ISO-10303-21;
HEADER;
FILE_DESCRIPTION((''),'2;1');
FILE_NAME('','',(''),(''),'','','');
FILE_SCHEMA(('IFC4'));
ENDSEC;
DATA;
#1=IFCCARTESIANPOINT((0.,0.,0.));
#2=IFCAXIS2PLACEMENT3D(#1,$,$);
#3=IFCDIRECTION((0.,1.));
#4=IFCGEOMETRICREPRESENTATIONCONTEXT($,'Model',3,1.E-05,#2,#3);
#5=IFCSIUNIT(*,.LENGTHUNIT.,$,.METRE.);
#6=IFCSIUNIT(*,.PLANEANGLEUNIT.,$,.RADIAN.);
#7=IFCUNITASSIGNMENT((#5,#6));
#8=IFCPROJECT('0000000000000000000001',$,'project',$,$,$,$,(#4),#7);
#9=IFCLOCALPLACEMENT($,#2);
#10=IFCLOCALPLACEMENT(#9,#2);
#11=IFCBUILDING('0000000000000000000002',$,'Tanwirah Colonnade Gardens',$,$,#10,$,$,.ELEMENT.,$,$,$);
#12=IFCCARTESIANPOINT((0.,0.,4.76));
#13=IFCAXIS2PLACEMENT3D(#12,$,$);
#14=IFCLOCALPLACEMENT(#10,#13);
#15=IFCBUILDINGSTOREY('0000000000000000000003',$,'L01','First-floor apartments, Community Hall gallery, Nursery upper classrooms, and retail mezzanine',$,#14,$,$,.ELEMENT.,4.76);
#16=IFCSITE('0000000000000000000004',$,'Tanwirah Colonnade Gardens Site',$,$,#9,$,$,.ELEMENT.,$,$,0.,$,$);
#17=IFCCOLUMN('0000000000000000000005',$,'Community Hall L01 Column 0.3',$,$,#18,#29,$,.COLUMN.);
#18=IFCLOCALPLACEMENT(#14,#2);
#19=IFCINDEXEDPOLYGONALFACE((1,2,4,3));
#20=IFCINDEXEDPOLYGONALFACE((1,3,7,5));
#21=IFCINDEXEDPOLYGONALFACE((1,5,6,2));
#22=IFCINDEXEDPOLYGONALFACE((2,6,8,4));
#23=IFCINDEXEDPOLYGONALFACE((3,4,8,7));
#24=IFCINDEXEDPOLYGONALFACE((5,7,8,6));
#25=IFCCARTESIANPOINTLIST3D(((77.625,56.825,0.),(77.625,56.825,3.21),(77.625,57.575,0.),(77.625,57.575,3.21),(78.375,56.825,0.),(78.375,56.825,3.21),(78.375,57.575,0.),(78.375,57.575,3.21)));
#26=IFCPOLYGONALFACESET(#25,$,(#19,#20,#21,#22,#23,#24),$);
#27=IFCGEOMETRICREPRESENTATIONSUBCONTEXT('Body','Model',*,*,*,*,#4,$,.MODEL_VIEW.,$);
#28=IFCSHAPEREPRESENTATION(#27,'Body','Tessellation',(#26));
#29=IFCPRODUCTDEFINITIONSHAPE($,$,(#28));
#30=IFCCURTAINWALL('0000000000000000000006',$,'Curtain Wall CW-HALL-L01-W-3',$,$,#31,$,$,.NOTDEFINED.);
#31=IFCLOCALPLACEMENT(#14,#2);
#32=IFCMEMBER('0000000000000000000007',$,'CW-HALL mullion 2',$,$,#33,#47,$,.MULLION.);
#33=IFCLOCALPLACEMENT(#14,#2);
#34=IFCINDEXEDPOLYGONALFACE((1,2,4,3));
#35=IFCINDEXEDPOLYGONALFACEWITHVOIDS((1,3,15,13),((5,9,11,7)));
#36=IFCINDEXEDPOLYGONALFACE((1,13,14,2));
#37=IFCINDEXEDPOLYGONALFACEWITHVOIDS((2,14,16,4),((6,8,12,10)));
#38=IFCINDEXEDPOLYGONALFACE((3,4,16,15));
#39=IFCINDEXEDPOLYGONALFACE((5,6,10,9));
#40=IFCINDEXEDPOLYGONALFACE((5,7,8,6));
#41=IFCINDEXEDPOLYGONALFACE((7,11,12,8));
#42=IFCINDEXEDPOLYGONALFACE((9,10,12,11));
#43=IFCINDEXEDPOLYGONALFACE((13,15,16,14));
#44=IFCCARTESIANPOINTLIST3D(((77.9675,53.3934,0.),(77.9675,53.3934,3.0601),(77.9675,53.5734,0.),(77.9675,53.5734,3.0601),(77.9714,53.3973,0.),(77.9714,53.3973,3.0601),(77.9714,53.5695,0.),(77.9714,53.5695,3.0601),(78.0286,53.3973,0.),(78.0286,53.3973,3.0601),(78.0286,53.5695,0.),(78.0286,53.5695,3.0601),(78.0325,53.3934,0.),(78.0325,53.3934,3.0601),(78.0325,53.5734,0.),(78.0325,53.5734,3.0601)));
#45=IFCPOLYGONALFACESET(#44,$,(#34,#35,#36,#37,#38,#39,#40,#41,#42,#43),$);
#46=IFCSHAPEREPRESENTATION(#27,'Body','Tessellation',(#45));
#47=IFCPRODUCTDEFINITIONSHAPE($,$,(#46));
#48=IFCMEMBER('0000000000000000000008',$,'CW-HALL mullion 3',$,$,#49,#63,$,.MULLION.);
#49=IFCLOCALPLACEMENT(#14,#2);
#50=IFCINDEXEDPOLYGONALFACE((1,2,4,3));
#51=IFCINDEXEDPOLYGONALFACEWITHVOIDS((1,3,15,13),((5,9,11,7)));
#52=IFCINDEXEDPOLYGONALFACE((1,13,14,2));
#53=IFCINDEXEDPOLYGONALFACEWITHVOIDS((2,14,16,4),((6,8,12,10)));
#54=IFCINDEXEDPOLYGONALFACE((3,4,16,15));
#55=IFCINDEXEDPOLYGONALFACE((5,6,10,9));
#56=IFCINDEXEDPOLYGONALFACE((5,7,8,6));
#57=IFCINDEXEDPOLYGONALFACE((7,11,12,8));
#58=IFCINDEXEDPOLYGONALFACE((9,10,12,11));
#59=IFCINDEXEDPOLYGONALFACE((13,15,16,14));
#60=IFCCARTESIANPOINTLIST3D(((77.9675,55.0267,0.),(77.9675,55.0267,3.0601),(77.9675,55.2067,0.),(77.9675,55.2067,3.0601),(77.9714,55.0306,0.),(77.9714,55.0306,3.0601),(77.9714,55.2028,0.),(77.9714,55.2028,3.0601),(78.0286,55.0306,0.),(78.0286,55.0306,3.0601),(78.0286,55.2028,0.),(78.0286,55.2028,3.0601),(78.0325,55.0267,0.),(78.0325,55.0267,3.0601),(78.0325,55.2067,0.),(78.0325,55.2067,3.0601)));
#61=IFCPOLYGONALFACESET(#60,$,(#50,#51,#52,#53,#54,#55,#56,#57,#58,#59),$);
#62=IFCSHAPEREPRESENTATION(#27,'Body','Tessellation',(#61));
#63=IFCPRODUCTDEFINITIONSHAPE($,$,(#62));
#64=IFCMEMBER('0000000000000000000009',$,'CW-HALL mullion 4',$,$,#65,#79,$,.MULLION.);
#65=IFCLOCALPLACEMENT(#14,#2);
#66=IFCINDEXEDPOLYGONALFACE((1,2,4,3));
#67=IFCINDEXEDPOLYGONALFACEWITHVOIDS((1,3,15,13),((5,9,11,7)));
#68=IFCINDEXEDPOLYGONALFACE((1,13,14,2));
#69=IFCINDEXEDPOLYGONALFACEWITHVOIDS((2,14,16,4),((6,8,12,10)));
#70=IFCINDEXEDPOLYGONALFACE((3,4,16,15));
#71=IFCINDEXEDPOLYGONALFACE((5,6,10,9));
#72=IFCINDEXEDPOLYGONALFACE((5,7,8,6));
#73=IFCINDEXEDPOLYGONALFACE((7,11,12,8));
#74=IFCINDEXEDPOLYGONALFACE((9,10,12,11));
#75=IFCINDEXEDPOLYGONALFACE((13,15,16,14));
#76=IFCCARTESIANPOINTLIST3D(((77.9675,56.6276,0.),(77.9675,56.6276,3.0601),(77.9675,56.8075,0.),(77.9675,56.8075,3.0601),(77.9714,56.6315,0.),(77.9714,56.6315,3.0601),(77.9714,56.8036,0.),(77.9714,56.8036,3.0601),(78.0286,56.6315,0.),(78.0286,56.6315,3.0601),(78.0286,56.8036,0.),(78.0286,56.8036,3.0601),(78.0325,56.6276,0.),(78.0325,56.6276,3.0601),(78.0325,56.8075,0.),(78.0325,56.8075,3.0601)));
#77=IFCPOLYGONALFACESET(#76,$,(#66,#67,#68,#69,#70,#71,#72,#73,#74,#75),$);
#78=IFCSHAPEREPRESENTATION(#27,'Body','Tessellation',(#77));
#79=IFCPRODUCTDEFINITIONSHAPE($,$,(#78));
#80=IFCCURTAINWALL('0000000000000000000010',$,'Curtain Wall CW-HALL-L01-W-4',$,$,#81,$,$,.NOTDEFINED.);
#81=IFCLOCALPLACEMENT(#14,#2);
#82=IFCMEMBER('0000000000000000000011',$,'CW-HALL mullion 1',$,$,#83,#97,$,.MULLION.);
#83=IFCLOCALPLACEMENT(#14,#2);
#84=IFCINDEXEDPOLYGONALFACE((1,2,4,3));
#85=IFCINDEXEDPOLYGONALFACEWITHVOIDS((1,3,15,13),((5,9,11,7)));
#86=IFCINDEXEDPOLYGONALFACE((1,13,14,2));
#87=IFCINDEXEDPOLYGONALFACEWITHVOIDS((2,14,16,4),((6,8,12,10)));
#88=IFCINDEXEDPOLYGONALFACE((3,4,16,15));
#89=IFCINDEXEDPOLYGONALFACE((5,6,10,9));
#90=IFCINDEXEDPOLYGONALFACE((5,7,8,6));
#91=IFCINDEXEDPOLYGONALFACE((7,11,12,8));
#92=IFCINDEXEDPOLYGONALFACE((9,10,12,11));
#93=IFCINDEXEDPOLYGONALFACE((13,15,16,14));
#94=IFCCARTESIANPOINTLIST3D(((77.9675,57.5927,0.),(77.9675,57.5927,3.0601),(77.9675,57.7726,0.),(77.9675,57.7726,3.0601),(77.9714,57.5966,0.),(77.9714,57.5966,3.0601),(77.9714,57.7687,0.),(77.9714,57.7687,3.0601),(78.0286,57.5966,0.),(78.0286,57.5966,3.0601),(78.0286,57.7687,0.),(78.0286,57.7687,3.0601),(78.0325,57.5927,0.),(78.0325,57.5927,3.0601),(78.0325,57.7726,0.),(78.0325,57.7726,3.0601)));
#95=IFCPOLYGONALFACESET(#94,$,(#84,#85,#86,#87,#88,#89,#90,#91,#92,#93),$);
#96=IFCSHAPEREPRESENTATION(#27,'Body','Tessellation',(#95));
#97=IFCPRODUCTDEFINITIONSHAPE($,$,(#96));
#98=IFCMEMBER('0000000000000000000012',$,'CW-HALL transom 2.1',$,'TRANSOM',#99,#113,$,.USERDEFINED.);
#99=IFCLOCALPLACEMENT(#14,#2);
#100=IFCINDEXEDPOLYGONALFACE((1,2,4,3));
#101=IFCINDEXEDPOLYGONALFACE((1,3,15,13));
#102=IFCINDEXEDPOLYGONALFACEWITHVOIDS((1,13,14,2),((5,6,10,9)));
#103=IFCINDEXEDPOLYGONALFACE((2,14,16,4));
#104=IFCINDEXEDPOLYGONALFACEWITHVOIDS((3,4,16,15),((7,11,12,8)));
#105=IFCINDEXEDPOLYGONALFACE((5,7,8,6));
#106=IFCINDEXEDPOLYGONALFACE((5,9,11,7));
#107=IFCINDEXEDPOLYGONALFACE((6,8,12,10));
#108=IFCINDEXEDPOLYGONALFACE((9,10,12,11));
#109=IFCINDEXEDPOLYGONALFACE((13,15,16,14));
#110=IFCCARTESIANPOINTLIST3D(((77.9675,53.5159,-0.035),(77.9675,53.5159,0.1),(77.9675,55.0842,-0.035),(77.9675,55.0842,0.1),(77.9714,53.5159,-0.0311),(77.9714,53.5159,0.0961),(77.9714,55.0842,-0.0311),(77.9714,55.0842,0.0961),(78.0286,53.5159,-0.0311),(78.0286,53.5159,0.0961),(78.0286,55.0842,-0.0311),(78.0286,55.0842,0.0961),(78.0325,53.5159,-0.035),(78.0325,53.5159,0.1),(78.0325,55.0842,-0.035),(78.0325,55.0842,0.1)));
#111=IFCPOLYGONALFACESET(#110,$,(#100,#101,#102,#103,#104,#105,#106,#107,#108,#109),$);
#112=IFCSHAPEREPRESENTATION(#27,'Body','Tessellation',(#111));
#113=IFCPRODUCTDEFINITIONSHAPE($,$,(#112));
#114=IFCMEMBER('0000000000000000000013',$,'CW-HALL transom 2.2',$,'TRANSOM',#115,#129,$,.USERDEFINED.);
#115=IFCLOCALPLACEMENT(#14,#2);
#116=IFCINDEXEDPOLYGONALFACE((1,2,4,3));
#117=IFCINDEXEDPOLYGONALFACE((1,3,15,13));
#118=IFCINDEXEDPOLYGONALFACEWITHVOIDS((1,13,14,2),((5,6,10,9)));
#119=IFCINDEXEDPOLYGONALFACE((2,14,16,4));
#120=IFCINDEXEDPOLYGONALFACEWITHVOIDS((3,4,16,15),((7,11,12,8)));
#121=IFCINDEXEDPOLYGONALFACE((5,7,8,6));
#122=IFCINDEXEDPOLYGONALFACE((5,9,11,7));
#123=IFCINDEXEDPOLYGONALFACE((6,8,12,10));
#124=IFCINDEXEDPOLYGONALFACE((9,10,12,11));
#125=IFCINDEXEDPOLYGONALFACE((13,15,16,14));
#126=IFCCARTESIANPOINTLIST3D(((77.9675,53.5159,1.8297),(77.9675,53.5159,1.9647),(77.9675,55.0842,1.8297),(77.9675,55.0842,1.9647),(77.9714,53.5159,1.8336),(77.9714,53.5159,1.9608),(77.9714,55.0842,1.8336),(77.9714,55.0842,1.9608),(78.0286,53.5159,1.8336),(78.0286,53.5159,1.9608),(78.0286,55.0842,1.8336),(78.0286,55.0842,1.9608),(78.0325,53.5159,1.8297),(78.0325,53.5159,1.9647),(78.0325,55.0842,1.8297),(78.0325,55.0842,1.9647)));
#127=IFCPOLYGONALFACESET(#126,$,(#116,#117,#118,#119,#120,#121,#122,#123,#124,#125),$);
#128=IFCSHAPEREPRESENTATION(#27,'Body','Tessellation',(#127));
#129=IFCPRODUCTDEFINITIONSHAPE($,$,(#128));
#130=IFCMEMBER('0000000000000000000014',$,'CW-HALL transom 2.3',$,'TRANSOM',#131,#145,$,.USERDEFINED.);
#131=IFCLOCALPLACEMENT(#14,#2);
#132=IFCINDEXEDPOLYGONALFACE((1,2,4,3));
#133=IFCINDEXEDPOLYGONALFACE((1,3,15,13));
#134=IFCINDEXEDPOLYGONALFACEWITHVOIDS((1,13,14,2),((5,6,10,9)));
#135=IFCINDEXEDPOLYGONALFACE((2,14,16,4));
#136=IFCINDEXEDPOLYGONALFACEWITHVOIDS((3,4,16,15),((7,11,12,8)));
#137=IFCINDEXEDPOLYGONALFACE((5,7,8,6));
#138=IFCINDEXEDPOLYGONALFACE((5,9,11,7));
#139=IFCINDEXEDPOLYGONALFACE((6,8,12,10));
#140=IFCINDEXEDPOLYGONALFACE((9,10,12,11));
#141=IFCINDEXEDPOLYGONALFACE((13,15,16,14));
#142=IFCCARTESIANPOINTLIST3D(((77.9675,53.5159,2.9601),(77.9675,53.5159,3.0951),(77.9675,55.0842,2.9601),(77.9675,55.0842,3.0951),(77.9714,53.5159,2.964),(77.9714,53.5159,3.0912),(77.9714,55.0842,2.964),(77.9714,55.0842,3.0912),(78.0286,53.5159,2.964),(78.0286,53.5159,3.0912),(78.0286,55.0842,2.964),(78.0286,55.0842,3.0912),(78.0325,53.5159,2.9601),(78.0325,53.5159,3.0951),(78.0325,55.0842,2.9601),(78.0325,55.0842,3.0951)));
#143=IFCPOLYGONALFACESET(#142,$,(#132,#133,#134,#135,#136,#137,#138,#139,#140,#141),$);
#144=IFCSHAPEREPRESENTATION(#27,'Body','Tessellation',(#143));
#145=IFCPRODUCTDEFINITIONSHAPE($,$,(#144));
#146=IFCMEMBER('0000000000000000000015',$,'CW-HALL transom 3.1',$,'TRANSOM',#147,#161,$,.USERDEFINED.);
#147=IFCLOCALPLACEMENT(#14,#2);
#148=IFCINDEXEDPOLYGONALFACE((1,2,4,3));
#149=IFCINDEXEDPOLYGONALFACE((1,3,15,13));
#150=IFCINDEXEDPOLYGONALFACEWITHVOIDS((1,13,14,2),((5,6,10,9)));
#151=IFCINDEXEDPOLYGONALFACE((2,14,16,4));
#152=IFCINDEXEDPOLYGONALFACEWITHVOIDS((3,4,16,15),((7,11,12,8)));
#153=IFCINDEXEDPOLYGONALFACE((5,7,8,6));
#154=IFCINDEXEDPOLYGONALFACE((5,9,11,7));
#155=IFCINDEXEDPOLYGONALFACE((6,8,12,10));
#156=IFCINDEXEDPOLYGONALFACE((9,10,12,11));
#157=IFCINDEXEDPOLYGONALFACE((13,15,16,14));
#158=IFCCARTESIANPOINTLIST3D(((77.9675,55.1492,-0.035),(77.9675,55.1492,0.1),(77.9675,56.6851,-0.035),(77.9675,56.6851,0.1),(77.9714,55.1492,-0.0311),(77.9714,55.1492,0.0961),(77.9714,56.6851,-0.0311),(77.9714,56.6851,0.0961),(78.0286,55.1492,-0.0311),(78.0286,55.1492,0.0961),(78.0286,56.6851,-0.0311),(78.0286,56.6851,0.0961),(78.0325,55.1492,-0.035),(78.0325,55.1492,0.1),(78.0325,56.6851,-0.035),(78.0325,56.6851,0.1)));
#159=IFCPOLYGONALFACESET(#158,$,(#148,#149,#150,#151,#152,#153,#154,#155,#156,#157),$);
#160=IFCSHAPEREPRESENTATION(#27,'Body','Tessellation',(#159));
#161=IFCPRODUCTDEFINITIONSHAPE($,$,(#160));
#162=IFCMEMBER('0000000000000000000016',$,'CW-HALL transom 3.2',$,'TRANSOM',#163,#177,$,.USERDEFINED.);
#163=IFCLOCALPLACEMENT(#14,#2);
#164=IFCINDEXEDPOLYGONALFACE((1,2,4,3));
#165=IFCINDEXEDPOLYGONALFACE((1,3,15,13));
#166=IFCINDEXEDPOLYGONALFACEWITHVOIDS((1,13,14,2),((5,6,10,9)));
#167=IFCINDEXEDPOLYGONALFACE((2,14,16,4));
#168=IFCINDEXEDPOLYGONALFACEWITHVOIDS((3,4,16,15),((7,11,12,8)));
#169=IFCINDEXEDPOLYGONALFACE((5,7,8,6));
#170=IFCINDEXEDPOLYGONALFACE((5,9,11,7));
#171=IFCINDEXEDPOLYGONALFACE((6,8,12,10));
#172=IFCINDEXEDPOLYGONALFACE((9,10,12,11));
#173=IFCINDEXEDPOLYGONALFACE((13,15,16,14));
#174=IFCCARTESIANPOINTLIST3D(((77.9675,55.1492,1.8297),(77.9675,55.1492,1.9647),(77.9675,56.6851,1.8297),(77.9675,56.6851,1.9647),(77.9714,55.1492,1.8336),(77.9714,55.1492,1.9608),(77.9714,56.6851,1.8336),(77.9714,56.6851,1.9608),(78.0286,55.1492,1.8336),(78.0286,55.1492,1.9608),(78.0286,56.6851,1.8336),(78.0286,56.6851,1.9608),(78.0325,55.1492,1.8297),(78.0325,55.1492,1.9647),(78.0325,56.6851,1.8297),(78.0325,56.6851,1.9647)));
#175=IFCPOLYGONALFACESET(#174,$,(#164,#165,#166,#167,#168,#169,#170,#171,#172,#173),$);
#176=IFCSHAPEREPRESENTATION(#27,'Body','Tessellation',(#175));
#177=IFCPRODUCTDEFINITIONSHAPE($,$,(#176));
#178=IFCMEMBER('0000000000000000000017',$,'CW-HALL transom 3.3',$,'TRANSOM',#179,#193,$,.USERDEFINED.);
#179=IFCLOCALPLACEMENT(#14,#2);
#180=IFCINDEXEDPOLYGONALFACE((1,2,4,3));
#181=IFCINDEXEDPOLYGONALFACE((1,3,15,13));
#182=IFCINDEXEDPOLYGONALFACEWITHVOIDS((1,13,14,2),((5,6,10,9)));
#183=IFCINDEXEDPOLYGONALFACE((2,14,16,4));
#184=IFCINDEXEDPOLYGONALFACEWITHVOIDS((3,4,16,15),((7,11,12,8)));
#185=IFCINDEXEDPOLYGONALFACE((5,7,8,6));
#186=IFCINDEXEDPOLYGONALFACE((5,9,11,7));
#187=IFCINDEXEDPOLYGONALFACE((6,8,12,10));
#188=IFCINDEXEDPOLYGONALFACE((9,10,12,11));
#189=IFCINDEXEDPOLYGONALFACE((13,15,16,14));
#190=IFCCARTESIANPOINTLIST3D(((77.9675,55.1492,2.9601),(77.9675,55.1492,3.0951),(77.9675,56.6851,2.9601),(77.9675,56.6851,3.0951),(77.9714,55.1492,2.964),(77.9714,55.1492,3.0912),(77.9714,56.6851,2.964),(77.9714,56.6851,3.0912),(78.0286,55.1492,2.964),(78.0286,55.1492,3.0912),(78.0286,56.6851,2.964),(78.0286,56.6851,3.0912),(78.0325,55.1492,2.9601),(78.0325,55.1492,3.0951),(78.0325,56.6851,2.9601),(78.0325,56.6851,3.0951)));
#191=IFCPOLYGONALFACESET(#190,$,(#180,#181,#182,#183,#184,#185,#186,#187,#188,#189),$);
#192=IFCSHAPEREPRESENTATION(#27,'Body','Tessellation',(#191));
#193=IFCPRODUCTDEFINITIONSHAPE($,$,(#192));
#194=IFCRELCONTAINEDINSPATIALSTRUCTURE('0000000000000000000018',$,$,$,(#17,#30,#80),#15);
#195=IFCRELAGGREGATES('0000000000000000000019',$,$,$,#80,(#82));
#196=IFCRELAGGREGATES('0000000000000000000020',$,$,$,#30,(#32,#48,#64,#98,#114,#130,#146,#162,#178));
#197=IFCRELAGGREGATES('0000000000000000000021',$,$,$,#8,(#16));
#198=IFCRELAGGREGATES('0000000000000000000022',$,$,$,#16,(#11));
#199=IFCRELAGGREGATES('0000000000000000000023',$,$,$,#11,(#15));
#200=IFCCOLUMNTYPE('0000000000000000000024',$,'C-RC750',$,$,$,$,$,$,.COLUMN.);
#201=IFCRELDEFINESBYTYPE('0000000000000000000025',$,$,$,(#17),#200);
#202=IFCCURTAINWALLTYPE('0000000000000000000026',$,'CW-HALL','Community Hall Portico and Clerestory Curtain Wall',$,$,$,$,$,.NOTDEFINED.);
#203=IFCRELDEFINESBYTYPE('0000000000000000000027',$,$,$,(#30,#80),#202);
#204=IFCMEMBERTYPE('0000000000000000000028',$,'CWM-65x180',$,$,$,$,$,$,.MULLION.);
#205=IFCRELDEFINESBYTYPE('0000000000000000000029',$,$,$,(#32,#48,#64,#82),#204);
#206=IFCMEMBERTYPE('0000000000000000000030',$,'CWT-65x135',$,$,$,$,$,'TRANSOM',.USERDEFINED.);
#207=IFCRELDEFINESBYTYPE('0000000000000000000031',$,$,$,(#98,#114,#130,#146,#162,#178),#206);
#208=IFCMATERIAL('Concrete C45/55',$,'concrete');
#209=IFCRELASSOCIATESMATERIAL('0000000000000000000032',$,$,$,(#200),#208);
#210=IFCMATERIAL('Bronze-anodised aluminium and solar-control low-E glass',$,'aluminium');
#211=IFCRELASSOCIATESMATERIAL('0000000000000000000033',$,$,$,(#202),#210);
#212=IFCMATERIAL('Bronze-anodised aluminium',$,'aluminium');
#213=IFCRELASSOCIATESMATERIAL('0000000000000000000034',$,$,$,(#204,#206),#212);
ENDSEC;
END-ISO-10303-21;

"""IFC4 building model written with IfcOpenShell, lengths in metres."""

from ifc_helpers import new_model, si_unit, direction, frame, origin, origin_2d, place, context, subcontext, project, spatial, rectangle, hollow_rectangle, extrude, material, material_profile, profile_set, type_object, element, aggregate, save


model = new_model("IFC4")

# Units and contexts
model_context = context("Model", 3, precision=1e-05, world=origin(), true_north=direction((0.0, 1.0)))
body_context = subcontext(model_context, "Body", "Model", "MODEL_VIEW")
ifc_project = project(units=[si_unit("LENGTHUNIT", "METRE"), si_unit("PLANEANGLEUNIT", "RADIAN")], contexts=[model_context])

# Site, building, storey
site_placement = place(None, origin())
site = spatial("IfcSite", under=ifc_project, at=site_placement, Name="Tanwirah Colonnade Gardens Site", CompositionType="ELEMENT", RefElevation=0.0)
building_placement = place(site_placement, origin())
building = spatial("IfcBuilding", under=site, at=building_placement, Name="Tanwirah Colonnade Gardens", CompositionType="ELEMENT")
storey_placement = place(building_placement, frame((0.0, 0.0, 4.76)))
storey = spatial("IfcBuildingStorey", under=building, at=storey_placement, Name="L01", Description="First-floor apartments, Community Hall gallery, Nursery upper classrooms, and retail mezzanine", CompositionType="ELEMENT", Elevation=4.76)

# Column
ifc_material_1 = material(Name="Concrete C45/55", Category="concrete")
ifc_material_profile_1 = material_profile(ifc_material_1, rectangle(XDim=0.75, YDim=0.75, at=origin_2d()), Name="RC-COL 750x750")
ifc_profile_set_1 = profile_set([ifc_material_profile_1], Name="Concrete C45/55")
column_type = type_object("IfcColumnType", Name="C-RC750", PredefinedType="COLUMN", material=ifc_profile_set_1)
column_placement = place(storey_placement, frame((78.0, 57.2, 0.0), z_axis=(0.0, 0.0, 1.0), x_axis=(1.0, 0.0, 0.0)))
element("IfcColumn", 1, at=column_placement, inside=storey, type_object=column_type, Name="Community Hall L01 Column 0.3", PredefinedType="COLUMN", context=body_context, shape_type="SweptSolid", body=[
    extrude(rectangle(XDim=0.75, YDim=0.75, at=origin_2d()), origin(), (0.0, 0.0, 1.0), 3.21),
])

# Curtain wall, members
ifc_material_2 = material(Name="Bronze-anodised aluminium and solar-control low-E glass", Category="aluminium")
curtain_wall_type = type_object("IfcCurtainWallType", Name="CW-HALL", Description="Community Hall Portico and Clerestory Curtain Wall", PredefinedType="NOTDEFINED", material=ifc_material_2)
curtain_wall_1_placement = place(storey_placement, origin())
curtain_wall_1 = element("IfcCurtainWall", 2, at=curtain_wall_1_placement, inside=storey, type_object=curtain_wall_type, Name="Curtain Wall CW-HALL-L01-W-3", PredefinedType="NOTDEFINED")
ifc_material_3 = material(Name="Bronze-anodised aluminium", Category="aluminium")
ifc_material_profile_2 = material_profile(ifc_material_3, hollow_rectangle(XDim=0.0649, YDim=0.1799, WallThickness=0.0039, at=origin_2d()), Name="CW-MUL 65x180x4")
ifc_profile_set_2 = profile_set([ifc_material_profile_2], Name="Bronze-anodised aluminium")
member_type_1 = type_object("IfcMemberType", Name="CWM-65x180", PredefinedType="MULLION", material=ifc_profile_set_2)
member_1_placement = place(storey_placement, frame((78.0, 53.4834, 0.0), z_axis=(0.0, 0.0, 1.0), x_axis=(-1.0, 0.0, 0.0)))
member_1 = element("IfcMember", 3, at=member_1_placement, type_object=member_type_1, Name="CW-HALL mullion 2", PredefinedType="MULLION", context=body_context, shape_type="SweptSolid", body=[
    extrude(hollow_rectangle(XDim=0.0649, YDim=0.1799, WallThickness=0.0039, at=origin_2d()), origin(), (0.0, 0.0, 1.0), 3.0601),
])
member_2_placement = place(storey_placement, frame((78.0, 55.1167, 0.0), z_axis=(0.0, 0.0, 1.0), x_axis=(-1.0, 0.0, 0.0)))
member_2 = element("IfcMember", 4, at=member_2_placement, type_object=member_type_1, Name="CW-HALL mullion 3", PredefinedType="MULLION", context=body_context, shape_type="SweptSolid", body=[
    extrude(hollow_rectangle(XDim=0.0649, YDim=0.1799, WallThickness=0.0039, at=origin_2d()), origin(), (0.0, 0.0, 1.0), 3.0601),
])
member_3_placement = place(storey_placement, frame((78.0, 56.7175, 0.0), z_axis=(0.0, 0.0, 1.0), x_axis=(-1.0, 0.0, 0.0)))
member_3 = element("IfcMember", 5, at=member_3_placement, type_object=member_type_1, Name="CW-HALL mullion 4", PredefinedType="MULLION", context=body_context, shape_type="SweptSolid", body=[
    extrude(hollow_rectangle(XDim=0.0649, YDim=0.1799, WallThickness=0.0039, at=origin_2d()), origin(), (0.0, 0.0, 1.0), 3.0601),
])

# Curtain wall, member
curtain_wall_2_placement = place(storey_placement, origin())
curtain_wall_2 = element("IfcCurtainWall", 6, at=curtain_wall_2_placement, inside=storey, type_object=curtain_wall_type, Name="Curtain Wall CW-HALL-L01-W-4", PredefinedType="NOTDEFINED")
member_4_placement = place(storey_placement, frame((78.0, 57.6826, 0.0), z_axis=(0.0, 0.0, 1.0), x_axis=(-1.0, 0.0, 0.0)))
member_4 = element("IfcMember", 7, at=member_4_placement, type_object=member_type_1, Name="CW-HALL mullion 1", PredefinedType="MULLION", context=body_context, shape_type="SweptSolid", body=[
    extrude(hollow_rectangle(XDim=0.0649, YDim=0.1799, WallThickness=0.0039, at=origin_2d()), origin(), (0.0, 0.0, 1.0), 3.0601),
])

# Members
ifc_material_profile_3 = material_profile(ifc_material_3, hollow_rectangle(XDim=0.0649, YDim=0.135, WallThickness=0.0039, at=origin_2d()), Name="CW-TRN 65x135x4")
ifc_profile_set_3 = profile_set([ifc_material_profile_3], Name="Bronze-anodised aluminium")
member_type_2 = type_object("IfcMemberType", Name="CWT-65x135", ElementType="TRANSOM", PredefinedType="USERDEFINED", material=ifc_profile_set_3)
member_5_placement = place(storey_placement, frame((78.0, 53.5159, 0.0325), z_axis=(0.0, 1.0, 0.0), x_axis=(-1.0, 0.0, 0.0)))
member_5 = element("IfcMember", 8, at=member_5_placement, type_object=member_type_2, Name="CW-HALL transom 2.1", ObjectType="TRANSOM", PredefinedType="USERDEFINED", context=body_context, shape_type="SweptSolid", body=[
    extrude(hollow_rectangle(XDim=0.0649, YDim=0.135, WallThickness=0.0039, at=origin_2d()), origin(), (0.0, 0.0, 1.0), 1.5684),
])
member_6_placement = place(storey_placement, frame((78.0, 53.5159, 1.8972), z_axis=(0.0, 1.0, 0.0), x_axis=(-1.0, 0.0, 0.0)))
member_6 = element("IfcMember", 9, at=member_6_placement, type_object=member_type_2, Name="CW-HALL transom 2.2", ObjectType="TRANSOM", PredefinedType="USERDEFINED", context=body_context, shape_type="SweptSolid", body=[
    extrude(hollow_rectangle(XDim=0.0649, YDim=0.135, WallThickness=0.0039, at=origin_2d()), origin(), (0.0, 0.0, 1.0), 1.5684),
])
member_7_placement = place(storey_placement, frame((78.0, 53.5159, 3.0276), z_axis=(0.0, 1.0, 0.0), x_axis=(-1.0, 0.0, 0.0)))
member_7 = element("IfcMember", 10, at=member_7_placement, type_object=member_type_2, Name="CW-HALL transom 2.3", ObjectType="TRANSOM", PredefinedType="USERDEFINED", context=body_context, shape_type="SweptSolid", body=[
    extrude(hollow_rectangle(XDim=0.0649, YDim=0.135, WallThickness=0.0039, at=origin_2d()), origin(), (0.0, 0.0, 1.0), 1.5684),
])
member_8_placement = place(storey_placement, frame((78.0, 55.1492, 0.0325), z_axis=(0.0, 1.0, 0.0), x_axis=(-1.0, 0.0, 0.0)))
member_8 = element("IfcMember", 11, at=member_8_placement, type_object=member_type_2, Name="CW-HALL transom 3.1", ObjectType="TRANSOM", PredefinedType="USERDEFINED", context=body_context, shape_type="SweptSolid", body=[
    extrude(hollow_rectangle(XDim=0.0649, YDim=0.135, WallThickness=0.0039, at=origin_2d()), origin(), (0.0, 0.0, 1.0), 1.5359),
])
member_9_placement = place(storey_placement, frame((78.0, 55.1492, 1.8972), z_axis=(0.0, 1.0, 0.0), x_axis=(-1.0, 0.0, 0.0)))
member_9 = element("IfcMember", 12, at=member_9_placement, type_object=member_type_2, Name="CW-HALL transom 3.2", ObjectType="TRANSOM", PredefinedType="USERDEFINED", context=body_context, shape_type="SweptSolid", body=[
    extrude(hollow_rectangle(XDim=0.0649, YDim=0.135, WallThickness=0.0039, at=origin_2d()), origin(), (0.0, 0.0, 1.0), 1.5359),
])
member_10_placement = place(storey_placement, frame((78.0, 55.1492, 3.0276), z_axis=(0.0, 1.0, 0.0), x_axis=(-1.0, 0.0, 0.0)))
member_10 = element("IfcMember", 13, at=member_10_placement, type_object=member_type_2, Name="CW-HALL transom 3.3", ObjectType="TRANSOM", PredefinedType="USERDEFINED", context=body_context, shape_type="SweptSolid", body=[
    extrude(hollow_rectangle(XDim=0.0649, YDim=0.135, WallThickness=0.0039, at=origin_2d()), origin(), (0.0, 0.0, 1.0), 1.5359),
])
aggregate(curtain_wall_2, [member_4])

aggregate(curtain_wall_1, [member_1, member_2, member_3, member_5, member_6, member_7, member_8, member_9, member_10])

save(model, "model.ifc")
